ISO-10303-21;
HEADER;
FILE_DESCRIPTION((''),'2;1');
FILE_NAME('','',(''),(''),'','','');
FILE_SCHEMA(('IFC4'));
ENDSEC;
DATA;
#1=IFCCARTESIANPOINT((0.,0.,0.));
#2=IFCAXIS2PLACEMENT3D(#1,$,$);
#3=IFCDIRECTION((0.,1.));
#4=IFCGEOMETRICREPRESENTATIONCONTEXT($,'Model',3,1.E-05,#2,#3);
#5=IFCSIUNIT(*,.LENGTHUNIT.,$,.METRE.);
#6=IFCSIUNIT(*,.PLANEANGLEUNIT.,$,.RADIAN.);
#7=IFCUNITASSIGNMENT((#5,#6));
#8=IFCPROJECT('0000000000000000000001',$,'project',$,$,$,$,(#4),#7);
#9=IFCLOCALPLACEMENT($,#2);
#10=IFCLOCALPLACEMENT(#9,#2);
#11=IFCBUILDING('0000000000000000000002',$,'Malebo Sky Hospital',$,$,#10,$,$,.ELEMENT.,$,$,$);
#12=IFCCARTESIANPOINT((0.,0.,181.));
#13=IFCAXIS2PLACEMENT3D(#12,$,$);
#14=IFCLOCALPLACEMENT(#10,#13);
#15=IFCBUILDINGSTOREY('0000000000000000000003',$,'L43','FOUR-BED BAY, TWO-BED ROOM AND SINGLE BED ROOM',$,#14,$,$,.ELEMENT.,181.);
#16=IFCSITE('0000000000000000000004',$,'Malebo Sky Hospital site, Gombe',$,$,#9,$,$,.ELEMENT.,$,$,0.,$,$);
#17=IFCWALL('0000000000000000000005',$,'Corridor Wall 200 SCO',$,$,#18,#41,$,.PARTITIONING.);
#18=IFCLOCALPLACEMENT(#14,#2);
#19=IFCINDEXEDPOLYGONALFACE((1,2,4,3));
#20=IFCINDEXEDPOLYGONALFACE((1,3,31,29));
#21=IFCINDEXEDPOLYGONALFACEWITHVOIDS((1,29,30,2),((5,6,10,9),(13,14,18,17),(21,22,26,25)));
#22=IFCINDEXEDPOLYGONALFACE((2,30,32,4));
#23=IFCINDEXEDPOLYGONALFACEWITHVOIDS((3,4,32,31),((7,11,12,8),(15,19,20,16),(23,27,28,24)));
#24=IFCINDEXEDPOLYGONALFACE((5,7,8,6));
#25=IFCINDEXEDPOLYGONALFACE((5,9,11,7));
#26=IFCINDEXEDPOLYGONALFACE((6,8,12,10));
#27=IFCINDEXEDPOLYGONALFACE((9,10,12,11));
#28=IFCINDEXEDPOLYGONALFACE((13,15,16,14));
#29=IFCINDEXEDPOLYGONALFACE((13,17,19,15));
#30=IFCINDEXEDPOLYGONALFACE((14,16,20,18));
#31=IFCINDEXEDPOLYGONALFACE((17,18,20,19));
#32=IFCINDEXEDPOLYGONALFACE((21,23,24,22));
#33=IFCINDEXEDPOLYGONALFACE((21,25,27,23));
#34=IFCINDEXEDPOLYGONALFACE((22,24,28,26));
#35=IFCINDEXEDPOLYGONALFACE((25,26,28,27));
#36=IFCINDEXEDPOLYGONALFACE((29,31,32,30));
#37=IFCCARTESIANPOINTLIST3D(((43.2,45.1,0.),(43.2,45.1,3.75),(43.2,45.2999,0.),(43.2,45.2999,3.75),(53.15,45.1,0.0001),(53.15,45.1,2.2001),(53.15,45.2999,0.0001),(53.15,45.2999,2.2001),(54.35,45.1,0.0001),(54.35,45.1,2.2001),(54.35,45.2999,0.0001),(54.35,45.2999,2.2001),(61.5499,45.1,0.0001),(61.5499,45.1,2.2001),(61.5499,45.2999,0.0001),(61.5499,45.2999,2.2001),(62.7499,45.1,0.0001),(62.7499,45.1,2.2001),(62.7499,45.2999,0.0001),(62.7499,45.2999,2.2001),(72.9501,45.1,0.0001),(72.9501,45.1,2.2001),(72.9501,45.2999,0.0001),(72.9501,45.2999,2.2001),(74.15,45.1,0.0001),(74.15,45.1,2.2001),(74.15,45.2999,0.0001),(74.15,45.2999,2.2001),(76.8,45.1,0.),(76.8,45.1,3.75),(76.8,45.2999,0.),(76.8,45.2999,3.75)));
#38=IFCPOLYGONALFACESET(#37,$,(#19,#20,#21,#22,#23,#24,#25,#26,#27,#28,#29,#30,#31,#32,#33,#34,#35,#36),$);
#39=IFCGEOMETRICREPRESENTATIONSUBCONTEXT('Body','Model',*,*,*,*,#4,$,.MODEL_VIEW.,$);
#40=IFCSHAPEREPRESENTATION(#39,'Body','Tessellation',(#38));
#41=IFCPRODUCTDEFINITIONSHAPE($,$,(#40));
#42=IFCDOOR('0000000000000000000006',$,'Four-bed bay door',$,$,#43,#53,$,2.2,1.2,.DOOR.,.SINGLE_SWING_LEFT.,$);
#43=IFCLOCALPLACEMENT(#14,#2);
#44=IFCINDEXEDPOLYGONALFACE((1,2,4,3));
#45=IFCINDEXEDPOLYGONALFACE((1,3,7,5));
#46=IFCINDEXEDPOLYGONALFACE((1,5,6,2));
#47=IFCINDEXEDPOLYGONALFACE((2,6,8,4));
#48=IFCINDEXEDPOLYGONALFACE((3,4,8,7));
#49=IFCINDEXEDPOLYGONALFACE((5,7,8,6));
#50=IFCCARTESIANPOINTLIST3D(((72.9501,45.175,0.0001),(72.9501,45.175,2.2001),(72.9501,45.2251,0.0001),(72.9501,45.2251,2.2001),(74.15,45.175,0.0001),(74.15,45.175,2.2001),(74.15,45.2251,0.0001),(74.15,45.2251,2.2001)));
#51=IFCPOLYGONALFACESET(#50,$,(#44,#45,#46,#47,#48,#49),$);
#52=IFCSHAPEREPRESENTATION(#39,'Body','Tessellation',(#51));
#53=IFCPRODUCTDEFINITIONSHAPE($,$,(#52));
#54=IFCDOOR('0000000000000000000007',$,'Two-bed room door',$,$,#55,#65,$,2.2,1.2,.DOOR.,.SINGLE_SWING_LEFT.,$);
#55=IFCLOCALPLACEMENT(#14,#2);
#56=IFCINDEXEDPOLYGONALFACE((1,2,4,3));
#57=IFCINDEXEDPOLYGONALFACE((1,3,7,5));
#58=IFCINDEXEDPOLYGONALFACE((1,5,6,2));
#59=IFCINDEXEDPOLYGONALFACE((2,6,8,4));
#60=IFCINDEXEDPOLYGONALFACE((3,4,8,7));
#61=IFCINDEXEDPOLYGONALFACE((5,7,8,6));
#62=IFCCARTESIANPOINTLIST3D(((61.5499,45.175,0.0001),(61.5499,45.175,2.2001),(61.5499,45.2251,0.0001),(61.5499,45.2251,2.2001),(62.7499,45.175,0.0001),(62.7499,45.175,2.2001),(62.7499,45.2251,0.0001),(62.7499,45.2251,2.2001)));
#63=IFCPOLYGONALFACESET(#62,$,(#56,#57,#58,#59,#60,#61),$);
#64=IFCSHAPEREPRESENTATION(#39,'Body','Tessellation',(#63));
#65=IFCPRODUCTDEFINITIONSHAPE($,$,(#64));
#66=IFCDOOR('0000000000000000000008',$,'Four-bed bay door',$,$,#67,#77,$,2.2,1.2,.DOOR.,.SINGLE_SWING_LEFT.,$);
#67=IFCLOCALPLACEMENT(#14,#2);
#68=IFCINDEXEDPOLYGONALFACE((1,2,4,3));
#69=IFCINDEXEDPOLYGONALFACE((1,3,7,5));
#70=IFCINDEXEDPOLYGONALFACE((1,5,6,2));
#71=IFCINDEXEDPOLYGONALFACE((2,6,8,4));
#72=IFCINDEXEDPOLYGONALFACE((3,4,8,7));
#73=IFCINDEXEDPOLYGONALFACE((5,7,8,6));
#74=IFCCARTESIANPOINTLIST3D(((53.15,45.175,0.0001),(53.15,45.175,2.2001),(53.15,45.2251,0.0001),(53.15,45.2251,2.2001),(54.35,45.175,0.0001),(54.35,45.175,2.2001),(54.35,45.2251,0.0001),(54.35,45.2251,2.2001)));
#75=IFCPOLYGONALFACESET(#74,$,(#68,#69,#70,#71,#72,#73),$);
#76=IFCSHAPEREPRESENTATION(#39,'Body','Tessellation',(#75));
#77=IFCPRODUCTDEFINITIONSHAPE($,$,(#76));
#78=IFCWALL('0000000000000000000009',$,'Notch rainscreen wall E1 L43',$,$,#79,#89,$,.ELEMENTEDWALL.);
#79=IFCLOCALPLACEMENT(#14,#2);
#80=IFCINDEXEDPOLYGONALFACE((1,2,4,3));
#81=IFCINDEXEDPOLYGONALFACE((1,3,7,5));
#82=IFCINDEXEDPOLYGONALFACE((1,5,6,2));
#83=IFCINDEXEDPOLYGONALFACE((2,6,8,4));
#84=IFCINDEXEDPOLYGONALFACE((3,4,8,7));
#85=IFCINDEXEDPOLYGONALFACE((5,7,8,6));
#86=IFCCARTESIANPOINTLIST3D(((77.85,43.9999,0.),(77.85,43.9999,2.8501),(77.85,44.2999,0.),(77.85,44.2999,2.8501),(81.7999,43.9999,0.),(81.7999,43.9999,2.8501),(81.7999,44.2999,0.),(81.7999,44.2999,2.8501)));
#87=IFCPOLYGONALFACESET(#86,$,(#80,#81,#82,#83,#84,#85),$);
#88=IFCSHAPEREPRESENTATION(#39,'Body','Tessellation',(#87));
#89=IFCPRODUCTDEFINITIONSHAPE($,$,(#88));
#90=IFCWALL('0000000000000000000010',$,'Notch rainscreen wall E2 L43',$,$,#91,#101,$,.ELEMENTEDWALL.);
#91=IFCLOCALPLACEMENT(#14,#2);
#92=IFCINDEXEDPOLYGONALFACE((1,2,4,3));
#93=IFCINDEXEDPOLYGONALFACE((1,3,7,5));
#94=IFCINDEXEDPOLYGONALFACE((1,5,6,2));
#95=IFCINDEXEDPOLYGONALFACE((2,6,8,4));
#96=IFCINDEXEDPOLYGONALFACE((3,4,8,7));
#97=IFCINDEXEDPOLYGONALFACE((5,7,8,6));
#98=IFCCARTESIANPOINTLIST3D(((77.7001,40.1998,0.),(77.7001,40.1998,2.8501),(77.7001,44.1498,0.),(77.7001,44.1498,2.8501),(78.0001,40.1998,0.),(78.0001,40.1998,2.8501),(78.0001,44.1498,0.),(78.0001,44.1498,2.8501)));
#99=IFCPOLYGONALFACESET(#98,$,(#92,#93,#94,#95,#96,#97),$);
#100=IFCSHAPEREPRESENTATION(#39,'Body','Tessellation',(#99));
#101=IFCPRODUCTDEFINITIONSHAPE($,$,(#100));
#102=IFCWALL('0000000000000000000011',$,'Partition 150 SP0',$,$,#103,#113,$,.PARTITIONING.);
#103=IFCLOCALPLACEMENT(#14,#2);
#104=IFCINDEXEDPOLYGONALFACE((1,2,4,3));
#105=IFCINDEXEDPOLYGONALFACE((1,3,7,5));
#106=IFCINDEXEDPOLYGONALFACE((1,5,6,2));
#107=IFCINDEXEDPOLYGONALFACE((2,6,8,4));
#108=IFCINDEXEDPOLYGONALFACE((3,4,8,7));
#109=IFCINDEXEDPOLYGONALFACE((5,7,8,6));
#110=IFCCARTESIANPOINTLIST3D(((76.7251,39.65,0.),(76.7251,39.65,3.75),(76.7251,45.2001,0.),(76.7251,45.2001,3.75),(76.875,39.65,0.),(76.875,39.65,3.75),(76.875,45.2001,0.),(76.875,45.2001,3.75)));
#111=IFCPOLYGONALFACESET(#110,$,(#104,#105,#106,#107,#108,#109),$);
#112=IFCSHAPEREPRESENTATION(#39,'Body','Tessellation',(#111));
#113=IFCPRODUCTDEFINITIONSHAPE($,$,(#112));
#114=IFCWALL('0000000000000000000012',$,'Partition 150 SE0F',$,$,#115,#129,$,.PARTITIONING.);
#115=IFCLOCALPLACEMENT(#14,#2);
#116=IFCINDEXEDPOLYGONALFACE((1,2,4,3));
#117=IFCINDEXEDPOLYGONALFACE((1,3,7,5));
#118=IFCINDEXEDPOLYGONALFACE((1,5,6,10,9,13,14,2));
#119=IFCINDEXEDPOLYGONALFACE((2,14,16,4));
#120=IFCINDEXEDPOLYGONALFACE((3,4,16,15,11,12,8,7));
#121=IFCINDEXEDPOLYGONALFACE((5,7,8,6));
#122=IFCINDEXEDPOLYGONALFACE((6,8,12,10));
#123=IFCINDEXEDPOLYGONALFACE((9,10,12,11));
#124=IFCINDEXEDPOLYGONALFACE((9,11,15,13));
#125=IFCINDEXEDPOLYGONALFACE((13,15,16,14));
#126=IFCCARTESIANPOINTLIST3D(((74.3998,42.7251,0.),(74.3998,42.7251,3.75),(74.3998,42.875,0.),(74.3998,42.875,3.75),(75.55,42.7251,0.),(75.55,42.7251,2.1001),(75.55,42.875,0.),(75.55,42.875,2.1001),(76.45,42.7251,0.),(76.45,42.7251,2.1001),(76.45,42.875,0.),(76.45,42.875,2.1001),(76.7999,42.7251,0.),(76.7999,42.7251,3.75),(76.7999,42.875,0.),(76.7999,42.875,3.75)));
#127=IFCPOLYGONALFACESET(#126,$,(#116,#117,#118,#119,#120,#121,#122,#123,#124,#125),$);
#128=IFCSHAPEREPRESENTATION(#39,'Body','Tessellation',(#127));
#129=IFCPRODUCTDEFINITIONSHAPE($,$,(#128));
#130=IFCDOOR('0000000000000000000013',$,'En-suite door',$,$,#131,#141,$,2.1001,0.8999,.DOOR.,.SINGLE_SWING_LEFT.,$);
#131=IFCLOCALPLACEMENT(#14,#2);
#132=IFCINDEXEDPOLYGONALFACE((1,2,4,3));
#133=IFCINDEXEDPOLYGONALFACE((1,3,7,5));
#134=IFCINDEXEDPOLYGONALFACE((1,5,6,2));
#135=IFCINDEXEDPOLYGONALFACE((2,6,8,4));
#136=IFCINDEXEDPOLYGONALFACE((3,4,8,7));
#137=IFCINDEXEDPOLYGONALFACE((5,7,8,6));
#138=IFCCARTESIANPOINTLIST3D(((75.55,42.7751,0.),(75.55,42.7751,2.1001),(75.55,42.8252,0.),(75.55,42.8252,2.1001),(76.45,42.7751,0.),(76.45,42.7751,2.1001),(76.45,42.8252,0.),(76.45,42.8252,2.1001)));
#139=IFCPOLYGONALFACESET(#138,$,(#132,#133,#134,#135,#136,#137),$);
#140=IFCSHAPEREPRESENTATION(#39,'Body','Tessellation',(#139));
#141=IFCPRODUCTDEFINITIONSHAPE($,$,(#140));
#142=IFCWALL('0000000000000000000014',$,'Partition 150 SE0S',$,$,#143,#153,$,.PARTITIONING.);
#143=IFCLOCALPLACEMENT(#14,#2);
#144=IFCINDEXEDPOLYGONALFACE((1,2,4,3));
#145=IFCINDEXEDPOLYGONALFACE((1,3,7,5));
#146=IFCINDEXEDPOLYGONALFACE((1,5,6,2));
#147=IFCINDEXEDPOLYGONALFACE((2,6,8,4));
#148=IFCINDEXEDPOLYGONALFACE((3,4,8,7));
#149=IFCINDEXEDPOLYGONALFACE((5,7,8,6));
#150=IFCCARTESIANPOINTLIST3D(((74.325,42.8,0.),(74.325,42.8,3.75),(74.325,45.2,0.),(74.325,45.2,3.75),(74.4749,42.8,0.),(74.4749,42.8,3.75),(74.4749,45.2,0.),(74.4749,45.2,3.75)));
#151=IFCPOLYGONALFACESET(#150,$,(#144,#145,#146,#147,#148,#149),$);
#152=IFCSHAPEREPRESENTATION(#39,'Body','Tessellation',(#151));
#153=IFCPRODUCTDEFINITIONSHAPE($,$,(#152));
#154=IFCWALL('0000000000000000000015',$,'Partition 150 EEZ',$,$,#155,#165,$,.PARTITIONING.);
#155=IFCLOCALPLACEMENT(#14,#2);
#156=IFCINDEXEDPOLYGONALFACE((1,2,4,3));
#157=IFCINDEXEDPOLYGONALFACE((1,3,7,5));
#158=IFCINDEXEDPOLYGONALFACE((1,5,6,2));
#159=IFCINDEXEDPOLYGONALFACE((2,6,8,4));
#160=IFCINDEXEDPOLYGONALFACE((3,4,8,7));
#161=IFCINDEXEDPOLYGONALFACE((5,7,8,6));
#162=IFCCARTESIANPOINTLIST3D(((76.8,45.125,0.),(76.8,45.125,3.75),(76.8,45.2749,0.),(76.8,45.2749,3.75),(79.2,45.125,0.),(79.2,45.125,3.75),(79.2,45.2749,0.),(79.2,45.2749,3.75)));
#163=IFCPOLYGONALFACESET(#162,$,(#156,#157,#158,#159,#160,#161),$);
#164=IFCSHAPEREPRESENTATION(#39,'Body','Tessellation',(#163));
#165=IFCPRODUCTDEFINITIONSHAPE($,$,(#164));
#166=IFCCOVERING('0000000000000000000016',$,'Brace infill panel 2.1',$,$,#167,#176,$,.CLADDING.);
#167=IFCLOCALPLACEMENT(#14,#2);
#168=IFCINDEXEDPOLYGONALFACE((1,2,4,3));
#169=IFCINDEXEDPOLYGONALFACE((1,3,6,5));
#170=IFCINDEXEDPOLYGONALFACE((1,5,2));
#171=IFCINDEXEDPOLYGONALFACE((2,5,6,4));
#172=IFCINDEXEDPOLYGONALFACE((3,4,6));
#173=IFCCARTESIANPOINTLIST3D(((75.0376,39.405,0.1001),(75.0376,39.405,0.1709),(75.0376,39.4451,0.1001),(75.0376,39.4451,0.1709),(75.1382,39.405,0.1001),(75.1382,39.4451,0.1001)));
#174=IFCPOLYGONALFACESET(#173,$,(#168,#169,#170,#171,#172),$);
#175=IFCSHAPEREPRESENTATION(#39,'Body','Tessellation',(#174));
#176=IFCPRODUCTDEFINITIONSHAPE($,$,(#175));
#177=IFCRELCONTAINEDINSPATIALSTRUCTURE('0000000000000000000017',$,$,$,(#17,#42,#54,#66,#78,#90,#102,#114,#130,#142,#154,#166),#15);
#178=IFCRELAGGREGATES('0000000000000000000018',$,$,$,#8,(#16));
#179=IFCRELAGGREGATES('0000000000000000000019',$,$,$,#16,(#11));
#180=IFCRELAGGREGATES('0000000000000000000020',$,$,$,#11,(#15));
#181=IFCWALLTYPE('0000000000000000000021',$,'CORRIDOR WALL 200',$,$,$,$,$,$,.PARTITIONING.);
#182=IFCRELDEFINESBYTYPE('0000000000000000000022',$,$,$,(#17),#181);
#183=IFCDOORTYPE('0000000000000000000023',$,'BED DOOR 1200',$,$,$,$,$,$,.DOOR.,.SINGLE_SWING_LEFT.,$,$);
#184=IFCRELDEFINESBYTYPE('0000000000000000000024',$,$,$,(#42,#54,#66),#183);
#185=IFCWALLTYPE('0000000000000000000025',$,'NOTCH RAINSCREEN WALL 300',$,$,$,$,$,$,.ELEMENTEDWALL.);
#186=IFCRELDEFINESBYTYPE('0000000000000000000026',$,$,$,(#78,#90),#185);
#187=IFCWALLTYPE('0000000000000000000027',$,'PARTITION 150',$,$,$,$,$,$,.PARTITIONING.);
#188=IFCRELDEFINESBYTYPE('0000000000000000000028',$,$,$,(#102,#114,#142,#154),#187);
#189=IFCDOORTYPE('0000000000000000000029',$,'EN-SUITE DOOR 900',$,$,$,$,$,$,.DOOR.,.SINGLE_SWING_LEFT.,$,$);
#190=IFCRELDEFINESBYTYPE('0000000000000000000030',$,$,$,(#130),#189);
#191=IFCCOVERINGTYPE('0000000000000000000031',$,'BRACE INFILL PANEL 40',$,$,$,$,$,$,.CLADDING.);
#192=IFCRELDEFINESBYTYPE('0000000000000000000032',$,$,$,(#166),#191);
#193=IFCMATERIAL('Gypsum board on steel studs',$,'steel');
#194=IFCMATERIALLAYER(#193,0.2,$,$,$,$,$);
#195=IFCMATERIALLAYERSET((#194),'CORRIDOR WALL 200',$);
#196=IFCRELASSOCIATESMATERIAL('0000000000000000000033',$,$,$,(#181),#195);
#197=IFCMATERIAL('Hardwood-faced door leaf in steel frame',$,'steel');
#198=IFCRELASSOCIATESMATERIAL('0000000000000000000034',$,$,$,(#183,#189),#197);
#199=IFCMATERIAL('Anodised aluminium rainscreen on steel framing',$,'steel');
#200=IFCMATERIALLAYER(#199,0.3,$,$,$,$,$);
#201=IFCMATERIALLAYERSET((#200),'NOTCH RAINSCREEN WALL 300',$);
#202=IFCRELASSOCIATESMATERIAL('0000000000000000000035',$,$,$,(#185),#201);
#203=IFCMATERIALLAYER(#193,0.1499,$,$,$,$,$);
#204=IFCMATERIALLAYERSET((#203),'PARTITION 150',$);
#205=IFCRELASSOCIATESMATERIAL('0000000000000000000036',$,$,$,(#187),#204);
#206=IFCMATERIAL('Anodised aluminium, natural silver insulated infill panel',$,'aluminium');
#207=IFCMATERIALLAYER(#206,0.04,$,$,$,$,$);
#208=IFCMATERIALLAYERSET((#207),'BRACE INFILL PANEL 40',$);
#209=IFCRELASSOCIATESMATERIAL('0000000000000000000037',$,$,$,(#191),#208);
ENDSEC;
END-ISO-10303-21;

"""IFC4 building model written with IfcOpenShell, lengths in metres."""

from ifc_helpers import new_model, si_unit, direction, frame, frame_2d, origin, place, context, subcontext, project, spatial, polyline, rectangle, outline, extrude, material, layer, layer_set, type_object, element, fill, save


model = new_model("IFC4")

# Units and contexts
model_context = context("Model", 3, precision=1e-05, world=origin(), true_north=direction((0.0, 1.0)))
body_context = subcontext(model_context, "Body", "Model", "MODEL_VIEW")
ifc_project = project(units=[si_unit("LENGTHUNIT", "METRE"), si_unit("PLANEANGLEUNIT", "RADIAN")], contexts=[model_context])

# Site, building, storey
site_placement = place(None, origin())
site = spatial("IfcSite", under=ifc_project, at=site_placement, Name="Malebo Sky Hospital site, Gombe", CompositionType="ELEMENT", RefElevation=0.0)
building_placement = place(site_placement, origin())
building = spatial("IfcBuilding", under=site, at=building_placement, Name="Malebo Sky Hospital", CompositionType="ELEMENT")
storey_placement = place(building_placement, frame((0.0, 0.0, 181.0)))
storey = spatial("IfcBuildingStorey", under=building, at=storey_placement, Name="L43", Description="FOUR-BED BAY, TWO-BED ROOM AND SINGLE BED ROOM", CompositionType="ELEMENT", Elevation=181.0)

# Wall, openings, doors
ifc_material_1 = material(Name="Gypsum board on steel studs", Category="steel")
ifc_layer_1 = layer(ifc_material_1, 0.2)
ifc_layer_set_1 = layer_set([ifc_layer_1], Name="CORRIDOR WALL 200")
wall_type_1 = type_object("IfcWallType", Name="CORRIDOR WALL 200", PredefinedType="PARTITIONING", material=ifc_layer_set_1)
wall_1_placement = place(storey_placement, frame((76.8, 45.2, 0.0), z_axis=(0.0, 0.0, 1.0), x_axis=(-1.0, 0.0, 0.0)))
wall_1 = element("IfcWall", 1, at=wall_1_placement, inside=storey, type_object=wall_type_1, Name="Corridor Wall 200 SCO", PredefinedType="PARTITIONING", context=body_context, shape_type="SweptSolid", body=[
    extrude(rectangle(XDim=33.6001, YDim=0.2, at=frame_2d((16.8, 0.0))), origin(), (0.0, 0.0, 1.0), 3.75),
])
opening_1_placement = place(wall_1_placement, frame((2.6499, 0.0, 0.0)))
opening_1 = element("IfcOpeningElement", 2, at=opening_1_placement, cuts=wall_1, PredefinedType="OPENING", context=body_context, shape_type="SweptSolid", body=[
    extrude(rectangle(XDim=1.2, YDim=2.2, at=frame_2d((0.6001, 1.1001))), frame((0.0, 0.1099, 0.0), z_axis=(0.0, -1.0, 0.0), x_axis=(1.0, 0.0, 0.0)), (0.0, 0.0, 1.0), 0.22),
])
opening_2_placement = place(wall_1_placement, frame((14.05, 0.0, 0.0)))
opening_2 = element("IfcOpeningElement", 3, at=opening_2_placement, cuts=wall_1, PredefinedType="OPENING", context=body_context, shape_type="SweptSolid", body=[
    extrude(rectangle(XDim=1.2, YDim=2.2, at=frame_2d((0.6001, 1.1001))), frame((0.0, 0.1099, 0.0), z_axis=(0.0, -1.0, 0.0), x_axis=(1.0, 0.0, 0.0)), (0.0, 0.0, 1.0), 0.22),
])
opening_3_placement = place(wall_1_placement, frame((22.45, 0.0, 0.0)))
opening_3 = element("IfcOpeningElement", 4, at=opening_3_placement, cuts=wall_1, PredefinedType="OPENING", context=body_context, shape_type="SweptSolid", body=[
    extrude(rectangle(XDim=1.2, YDim=2.2, at=frame_2d((0.6001, 1.1001))), frame((0.0, 0.1099, 0.0), z_axis=(0.0, -1.0, 0.0), x_axis=(1.0, 0.0, 0.0)), (0.0, 0.0, 1.0), 0.22),
])
ifc_material_2 = material(Name="Hardwood-faced door leaf in steel frame", Category="steel")
door_type_1 = type_object("IfcDoorType", Name="BED DOOR 1200", OperationType="SINGLE_SWING_LEFT", PredefinedType="DOOR", material=ifc_material_2)
door_1_placement = place(opening_1_placement, origin())
door_1 = element("IfcDoor", 5, at=door_1_placement, inside=storey, type_object=door_type_1, Name="Four-bed bay door", OperationType="SINGLE_SWING_LEFT", OverallHeight=2.2, OverallWidth=1.2, PredefinedType="DOOR", context=body_context, shape_type="SweptSolid", body=[
    extrude(rectangle(XDim=1.2, YDim=2.2, at=frame_2d((0.6001, 1.1001))), frame((0.0, 0.0249, 0.0), z_axis=(0.0, -1.0, 0.0), x_axis=(1.0, 0.0, 0.0)), (0.0, 0.0, 1.0), 0.05),
])
fill(opening_1, door_1)
door_2_placement = place(opening_2_placement, origin())
door_2 = element("IfcDoor", 6, at=door_2_placement, inside=storey, type_object=door_type_1, Name="Two-bed room door", OperationType="SINGLE_SWING_LEFT", OverallHeight=2.2, OverallWidth=1.2, PredefinedType="DOOR", context=body_context, shape_type="SweptSolid", body=[
    extrude(rectangle(XDim=1.2, YDim=2.2, at=frame_2d((0.6001, 1.1001))), frame((0.0, 0.0249, 0.0), z_axis=(0.0, -1.0, 0.0), x_axis=(1.0, 0.0, 0.0)), (0.0, 0.0, 1.0), 0.05),
])
fill(opening_2, door_2)
door_3_placement = place(opening_3_placement, origin())
door_3 = element("IfcDoor", 7, at=door_3_placement, inside=storey, type_object=door_type_1, Name="Four-bed bay door", OperationType="SINGLE_SWING_LEFT", OverallHeight=2.2, OverallWidth=1.2, PredefinedType="DOOR", context=body_context, shape_type="SweptSolid", body=[
    extrude(rectangle(XDim=1.2, YDim=2.2, at=frame_2d((0.6001, 1.1001))), frame((0.0, 0.0249, 0.0), z_axis=(0.0, -1.0, 0.0), x_axis=(1.0, 0.0, 0.0)), (0.0, 0.0, 1.0), 0.05),
])
fill(opening_3, door_3)

# Walls
ifc_material_3 = material(Name="Anodised aluminium rainscreen on steel framing", Category="steel")
ifc_layer_2 = layer(ifc_material_3, 0.3)
ifc_layer_set_2 = layer_set([ifc_layer_2], Name="NOTCH RAINSCREEN WALL 300")
wall_type_2 = type_object("IfcWallType", Name="NOTCH RAINSCREEN WALL 300", PredefinedType="ELEMENTEDWALL", material=ifc_layer_set_2)
for number, where, z_axis, x_axis, name in (
    (8, (81.8, 44.1499, 0.0), (0.0, 0.0, 1.0), (-1.0, 0.0, 0.0), "Notch rainscreen wall E1 L43"),
    (9, (77.8501, 44.1499, 0.0), (0.0, 0.0, 1.0), (0.0, -1.0, 0.0), "Notch rainscreen wall E2 L43"),
):
    element("IfcWall", number, at=place(storey_placement, frame(where, z_axis=z_axis, x_axis=x_axis)), inside=storey, type_object=wall_type_2, Name=name, PredefinedType="ELEMENTEDWALL", context=body_context, shape_type="SweptSolid", body=[
        extrude(rectangle(XDim=3.95, YDim=0.3, at=frame_2d((1.9751, 0.0))), origin(), (0.0, 0.0, 1.0), 2.8501),
    ])
ifc_layer_3 = layer(ifc_material_1, 0.1499)
ifc_layer_set_3 = layer_set([ifc_layer_3], Name="PARTITION 150")
wall_type_3 = type_object("IfcWallType", Name="PARTITION 150", PredefinedType="PARTITIONING", material=ifc_layer_set_3)
wall_2_placement = place(storey_placement, frame((76.8, 45.2, 0.0), z_axis=(0.0, 0.0, 1.0), x_axis=(0.0, -1.0, 0.0)))
element("IfcWall", 10, at=wall_2_placement, inside=storey, type_object=wall_type_3, Name="Partition 150 SP0", PredefinedType="PARTITIONING", context=body_context, shape_type="SweptSolid", body=[
    extrude(rectangle(XDim=5.55, YDim=0.1499, at=frame_2d((2.7749, 0.0))), origin(), (0.0, 0.0, 1.0), 3.75),
])

# Wall, opening, door
wall_3_placement = place(storey_placement, frame((76.8, 42.8, 0.0), z_axis=(0.0, 0.0, 1.0), x_axis=(-1.0, 0.0, 0.0)))
wall_3 = element("IfcWall", 11, at=wall_3_placement, inside=storey, type_object=wall_type_3, Name="Partition 150 SE0F", PredefinedType="PARTITIONING", context=body_context, shape_type="SweptSolid", body=[
    extrude(rectangle(XDim=2.4001, YDim=0.1499, at=frame_2d((1.2002, 0.0))), origin(), (0.0, 0.0, 1.0), 3.75),
])
opening_4_placement = place(wall_3_placement, frame((0.3501, 0.0, 0.0)))
opening_4 = element("IfcOpeningElement", 12, at=opening_4_placement, cuts=wall_3, PredefinedType="OPENING", context=body_context, shape_type="SweptSolid", body=[
    extrude(rectangle(XDim=0.8999, YDim=2.1001, at=frame_2d((0.45, 1.05))), frame((0.0, 0.085, 0.0), z_axis=(0.0, -1.0, 0.0), x_axis=(1.0, 0.0, 0.0)), (0.0, 0.0, 1.0), 0.1699),
])
door_type_2 = type_object("IfcDoorType", Name="EN-SUITE DOOR 900", OperationType="SINGLE_SWING_LEFT", PredefinedType="DOOR", material=ifc_material_2)
door_4_placement = place(opening_4_placement, origin())
door_4 = element("IfcDoor", 13, at=door_4_placement, inside=storey, type_object=door_type_2, Name="En-suite door", OperationType="SINGLE_SWING_LEFT", OverallHeight=2.1001, OverallWidth=0.8999, PredefinedType="DOOR", context=body_context, shape_type="SweptSolid", body=[
    extrude(rectangle(XDim=0.8999, YDim=2.1001, at=frame_2d((0.45, 1.05))), frame((0.0, 0.0249, 0.0), z_axis=(0.0, -1.0, 0.0), x_axis=(1.0, 0.0, 0.0)), (0.0, 0.0, 1.0), 0.05),
])
fill(opening_4, door_4)

# Walls
for number, where, z_axis, x_axis, name in (
    (14, (74.3999, 45.2, 0.0), (0.0, 0.0, 1.0), (0.0, -1.0, 0.0), "Partition 150 SE0S"),
    (15, (76.8, 45.2, 0.0), (0.0, 0.0, 1.0), (1.0, 0.0, 0.0), "Partition 150 EEZ"),
):
    element("IfcWall", number, at=place(storey_placement, frame(where, z_axis=z_axis, x_axis=x_axis)), inside=storey, type_object=wall_type_3, Name=name, PredefinedType="PARTITIONING", context=body_context, shape_type="SweptSolid", body=[
        extrude(rectangle(XDim=2.3999, YDim=0.1499, at=frame_2d((1.2, 0.0))), origin(), (0.0, 0.0, 1.0), 3.75),
    ])

# Covering
ifc_material_4 = material(Name="Anodised aluminium, natural silver insulated infill panel", Category="aluminium")
ifc_layer_4 = layer(ifc_material_4, 0.04)
ifc_layer_set_4 = layer_set([ifc_layer_4], Name="BRACE INFILL PANEL 40")
covering_type = type_object("IfcCoveringType", Name="BRACE INFILL PANEL 40", PredefinedType="CLADDING", material=ifc_layer_set_4)
covering_1_placement = place(storey_placement, frame((75.0879, 39.425, 0.1001), z_axis=(0.0, 0.0, 1.0), x_axis=(-1.0, 0.0, 0.0)))
element("IfcCovering", 16, at=covering_1_placement, inside=storey, type_object=covering_type, Name="Brace infill panel 2.1", PredefinedType="CLADDING", context=body_context, shape_type="SweptSolid", body=[
    extrude(outline(polyline([(-0.0503, 0.0), (0.0503, 0.0), (0.0503, 0.0708), (-0.0503, 0.0)])), frame((0.0, 0.02, 0.0), z_axis=(0.0, -1.0, 0.0), x_axis=(1.0, 0.0, 0.0)), (0.0, 0.0, 1.0), 0.04),
])

save(model, "model.ifc")
